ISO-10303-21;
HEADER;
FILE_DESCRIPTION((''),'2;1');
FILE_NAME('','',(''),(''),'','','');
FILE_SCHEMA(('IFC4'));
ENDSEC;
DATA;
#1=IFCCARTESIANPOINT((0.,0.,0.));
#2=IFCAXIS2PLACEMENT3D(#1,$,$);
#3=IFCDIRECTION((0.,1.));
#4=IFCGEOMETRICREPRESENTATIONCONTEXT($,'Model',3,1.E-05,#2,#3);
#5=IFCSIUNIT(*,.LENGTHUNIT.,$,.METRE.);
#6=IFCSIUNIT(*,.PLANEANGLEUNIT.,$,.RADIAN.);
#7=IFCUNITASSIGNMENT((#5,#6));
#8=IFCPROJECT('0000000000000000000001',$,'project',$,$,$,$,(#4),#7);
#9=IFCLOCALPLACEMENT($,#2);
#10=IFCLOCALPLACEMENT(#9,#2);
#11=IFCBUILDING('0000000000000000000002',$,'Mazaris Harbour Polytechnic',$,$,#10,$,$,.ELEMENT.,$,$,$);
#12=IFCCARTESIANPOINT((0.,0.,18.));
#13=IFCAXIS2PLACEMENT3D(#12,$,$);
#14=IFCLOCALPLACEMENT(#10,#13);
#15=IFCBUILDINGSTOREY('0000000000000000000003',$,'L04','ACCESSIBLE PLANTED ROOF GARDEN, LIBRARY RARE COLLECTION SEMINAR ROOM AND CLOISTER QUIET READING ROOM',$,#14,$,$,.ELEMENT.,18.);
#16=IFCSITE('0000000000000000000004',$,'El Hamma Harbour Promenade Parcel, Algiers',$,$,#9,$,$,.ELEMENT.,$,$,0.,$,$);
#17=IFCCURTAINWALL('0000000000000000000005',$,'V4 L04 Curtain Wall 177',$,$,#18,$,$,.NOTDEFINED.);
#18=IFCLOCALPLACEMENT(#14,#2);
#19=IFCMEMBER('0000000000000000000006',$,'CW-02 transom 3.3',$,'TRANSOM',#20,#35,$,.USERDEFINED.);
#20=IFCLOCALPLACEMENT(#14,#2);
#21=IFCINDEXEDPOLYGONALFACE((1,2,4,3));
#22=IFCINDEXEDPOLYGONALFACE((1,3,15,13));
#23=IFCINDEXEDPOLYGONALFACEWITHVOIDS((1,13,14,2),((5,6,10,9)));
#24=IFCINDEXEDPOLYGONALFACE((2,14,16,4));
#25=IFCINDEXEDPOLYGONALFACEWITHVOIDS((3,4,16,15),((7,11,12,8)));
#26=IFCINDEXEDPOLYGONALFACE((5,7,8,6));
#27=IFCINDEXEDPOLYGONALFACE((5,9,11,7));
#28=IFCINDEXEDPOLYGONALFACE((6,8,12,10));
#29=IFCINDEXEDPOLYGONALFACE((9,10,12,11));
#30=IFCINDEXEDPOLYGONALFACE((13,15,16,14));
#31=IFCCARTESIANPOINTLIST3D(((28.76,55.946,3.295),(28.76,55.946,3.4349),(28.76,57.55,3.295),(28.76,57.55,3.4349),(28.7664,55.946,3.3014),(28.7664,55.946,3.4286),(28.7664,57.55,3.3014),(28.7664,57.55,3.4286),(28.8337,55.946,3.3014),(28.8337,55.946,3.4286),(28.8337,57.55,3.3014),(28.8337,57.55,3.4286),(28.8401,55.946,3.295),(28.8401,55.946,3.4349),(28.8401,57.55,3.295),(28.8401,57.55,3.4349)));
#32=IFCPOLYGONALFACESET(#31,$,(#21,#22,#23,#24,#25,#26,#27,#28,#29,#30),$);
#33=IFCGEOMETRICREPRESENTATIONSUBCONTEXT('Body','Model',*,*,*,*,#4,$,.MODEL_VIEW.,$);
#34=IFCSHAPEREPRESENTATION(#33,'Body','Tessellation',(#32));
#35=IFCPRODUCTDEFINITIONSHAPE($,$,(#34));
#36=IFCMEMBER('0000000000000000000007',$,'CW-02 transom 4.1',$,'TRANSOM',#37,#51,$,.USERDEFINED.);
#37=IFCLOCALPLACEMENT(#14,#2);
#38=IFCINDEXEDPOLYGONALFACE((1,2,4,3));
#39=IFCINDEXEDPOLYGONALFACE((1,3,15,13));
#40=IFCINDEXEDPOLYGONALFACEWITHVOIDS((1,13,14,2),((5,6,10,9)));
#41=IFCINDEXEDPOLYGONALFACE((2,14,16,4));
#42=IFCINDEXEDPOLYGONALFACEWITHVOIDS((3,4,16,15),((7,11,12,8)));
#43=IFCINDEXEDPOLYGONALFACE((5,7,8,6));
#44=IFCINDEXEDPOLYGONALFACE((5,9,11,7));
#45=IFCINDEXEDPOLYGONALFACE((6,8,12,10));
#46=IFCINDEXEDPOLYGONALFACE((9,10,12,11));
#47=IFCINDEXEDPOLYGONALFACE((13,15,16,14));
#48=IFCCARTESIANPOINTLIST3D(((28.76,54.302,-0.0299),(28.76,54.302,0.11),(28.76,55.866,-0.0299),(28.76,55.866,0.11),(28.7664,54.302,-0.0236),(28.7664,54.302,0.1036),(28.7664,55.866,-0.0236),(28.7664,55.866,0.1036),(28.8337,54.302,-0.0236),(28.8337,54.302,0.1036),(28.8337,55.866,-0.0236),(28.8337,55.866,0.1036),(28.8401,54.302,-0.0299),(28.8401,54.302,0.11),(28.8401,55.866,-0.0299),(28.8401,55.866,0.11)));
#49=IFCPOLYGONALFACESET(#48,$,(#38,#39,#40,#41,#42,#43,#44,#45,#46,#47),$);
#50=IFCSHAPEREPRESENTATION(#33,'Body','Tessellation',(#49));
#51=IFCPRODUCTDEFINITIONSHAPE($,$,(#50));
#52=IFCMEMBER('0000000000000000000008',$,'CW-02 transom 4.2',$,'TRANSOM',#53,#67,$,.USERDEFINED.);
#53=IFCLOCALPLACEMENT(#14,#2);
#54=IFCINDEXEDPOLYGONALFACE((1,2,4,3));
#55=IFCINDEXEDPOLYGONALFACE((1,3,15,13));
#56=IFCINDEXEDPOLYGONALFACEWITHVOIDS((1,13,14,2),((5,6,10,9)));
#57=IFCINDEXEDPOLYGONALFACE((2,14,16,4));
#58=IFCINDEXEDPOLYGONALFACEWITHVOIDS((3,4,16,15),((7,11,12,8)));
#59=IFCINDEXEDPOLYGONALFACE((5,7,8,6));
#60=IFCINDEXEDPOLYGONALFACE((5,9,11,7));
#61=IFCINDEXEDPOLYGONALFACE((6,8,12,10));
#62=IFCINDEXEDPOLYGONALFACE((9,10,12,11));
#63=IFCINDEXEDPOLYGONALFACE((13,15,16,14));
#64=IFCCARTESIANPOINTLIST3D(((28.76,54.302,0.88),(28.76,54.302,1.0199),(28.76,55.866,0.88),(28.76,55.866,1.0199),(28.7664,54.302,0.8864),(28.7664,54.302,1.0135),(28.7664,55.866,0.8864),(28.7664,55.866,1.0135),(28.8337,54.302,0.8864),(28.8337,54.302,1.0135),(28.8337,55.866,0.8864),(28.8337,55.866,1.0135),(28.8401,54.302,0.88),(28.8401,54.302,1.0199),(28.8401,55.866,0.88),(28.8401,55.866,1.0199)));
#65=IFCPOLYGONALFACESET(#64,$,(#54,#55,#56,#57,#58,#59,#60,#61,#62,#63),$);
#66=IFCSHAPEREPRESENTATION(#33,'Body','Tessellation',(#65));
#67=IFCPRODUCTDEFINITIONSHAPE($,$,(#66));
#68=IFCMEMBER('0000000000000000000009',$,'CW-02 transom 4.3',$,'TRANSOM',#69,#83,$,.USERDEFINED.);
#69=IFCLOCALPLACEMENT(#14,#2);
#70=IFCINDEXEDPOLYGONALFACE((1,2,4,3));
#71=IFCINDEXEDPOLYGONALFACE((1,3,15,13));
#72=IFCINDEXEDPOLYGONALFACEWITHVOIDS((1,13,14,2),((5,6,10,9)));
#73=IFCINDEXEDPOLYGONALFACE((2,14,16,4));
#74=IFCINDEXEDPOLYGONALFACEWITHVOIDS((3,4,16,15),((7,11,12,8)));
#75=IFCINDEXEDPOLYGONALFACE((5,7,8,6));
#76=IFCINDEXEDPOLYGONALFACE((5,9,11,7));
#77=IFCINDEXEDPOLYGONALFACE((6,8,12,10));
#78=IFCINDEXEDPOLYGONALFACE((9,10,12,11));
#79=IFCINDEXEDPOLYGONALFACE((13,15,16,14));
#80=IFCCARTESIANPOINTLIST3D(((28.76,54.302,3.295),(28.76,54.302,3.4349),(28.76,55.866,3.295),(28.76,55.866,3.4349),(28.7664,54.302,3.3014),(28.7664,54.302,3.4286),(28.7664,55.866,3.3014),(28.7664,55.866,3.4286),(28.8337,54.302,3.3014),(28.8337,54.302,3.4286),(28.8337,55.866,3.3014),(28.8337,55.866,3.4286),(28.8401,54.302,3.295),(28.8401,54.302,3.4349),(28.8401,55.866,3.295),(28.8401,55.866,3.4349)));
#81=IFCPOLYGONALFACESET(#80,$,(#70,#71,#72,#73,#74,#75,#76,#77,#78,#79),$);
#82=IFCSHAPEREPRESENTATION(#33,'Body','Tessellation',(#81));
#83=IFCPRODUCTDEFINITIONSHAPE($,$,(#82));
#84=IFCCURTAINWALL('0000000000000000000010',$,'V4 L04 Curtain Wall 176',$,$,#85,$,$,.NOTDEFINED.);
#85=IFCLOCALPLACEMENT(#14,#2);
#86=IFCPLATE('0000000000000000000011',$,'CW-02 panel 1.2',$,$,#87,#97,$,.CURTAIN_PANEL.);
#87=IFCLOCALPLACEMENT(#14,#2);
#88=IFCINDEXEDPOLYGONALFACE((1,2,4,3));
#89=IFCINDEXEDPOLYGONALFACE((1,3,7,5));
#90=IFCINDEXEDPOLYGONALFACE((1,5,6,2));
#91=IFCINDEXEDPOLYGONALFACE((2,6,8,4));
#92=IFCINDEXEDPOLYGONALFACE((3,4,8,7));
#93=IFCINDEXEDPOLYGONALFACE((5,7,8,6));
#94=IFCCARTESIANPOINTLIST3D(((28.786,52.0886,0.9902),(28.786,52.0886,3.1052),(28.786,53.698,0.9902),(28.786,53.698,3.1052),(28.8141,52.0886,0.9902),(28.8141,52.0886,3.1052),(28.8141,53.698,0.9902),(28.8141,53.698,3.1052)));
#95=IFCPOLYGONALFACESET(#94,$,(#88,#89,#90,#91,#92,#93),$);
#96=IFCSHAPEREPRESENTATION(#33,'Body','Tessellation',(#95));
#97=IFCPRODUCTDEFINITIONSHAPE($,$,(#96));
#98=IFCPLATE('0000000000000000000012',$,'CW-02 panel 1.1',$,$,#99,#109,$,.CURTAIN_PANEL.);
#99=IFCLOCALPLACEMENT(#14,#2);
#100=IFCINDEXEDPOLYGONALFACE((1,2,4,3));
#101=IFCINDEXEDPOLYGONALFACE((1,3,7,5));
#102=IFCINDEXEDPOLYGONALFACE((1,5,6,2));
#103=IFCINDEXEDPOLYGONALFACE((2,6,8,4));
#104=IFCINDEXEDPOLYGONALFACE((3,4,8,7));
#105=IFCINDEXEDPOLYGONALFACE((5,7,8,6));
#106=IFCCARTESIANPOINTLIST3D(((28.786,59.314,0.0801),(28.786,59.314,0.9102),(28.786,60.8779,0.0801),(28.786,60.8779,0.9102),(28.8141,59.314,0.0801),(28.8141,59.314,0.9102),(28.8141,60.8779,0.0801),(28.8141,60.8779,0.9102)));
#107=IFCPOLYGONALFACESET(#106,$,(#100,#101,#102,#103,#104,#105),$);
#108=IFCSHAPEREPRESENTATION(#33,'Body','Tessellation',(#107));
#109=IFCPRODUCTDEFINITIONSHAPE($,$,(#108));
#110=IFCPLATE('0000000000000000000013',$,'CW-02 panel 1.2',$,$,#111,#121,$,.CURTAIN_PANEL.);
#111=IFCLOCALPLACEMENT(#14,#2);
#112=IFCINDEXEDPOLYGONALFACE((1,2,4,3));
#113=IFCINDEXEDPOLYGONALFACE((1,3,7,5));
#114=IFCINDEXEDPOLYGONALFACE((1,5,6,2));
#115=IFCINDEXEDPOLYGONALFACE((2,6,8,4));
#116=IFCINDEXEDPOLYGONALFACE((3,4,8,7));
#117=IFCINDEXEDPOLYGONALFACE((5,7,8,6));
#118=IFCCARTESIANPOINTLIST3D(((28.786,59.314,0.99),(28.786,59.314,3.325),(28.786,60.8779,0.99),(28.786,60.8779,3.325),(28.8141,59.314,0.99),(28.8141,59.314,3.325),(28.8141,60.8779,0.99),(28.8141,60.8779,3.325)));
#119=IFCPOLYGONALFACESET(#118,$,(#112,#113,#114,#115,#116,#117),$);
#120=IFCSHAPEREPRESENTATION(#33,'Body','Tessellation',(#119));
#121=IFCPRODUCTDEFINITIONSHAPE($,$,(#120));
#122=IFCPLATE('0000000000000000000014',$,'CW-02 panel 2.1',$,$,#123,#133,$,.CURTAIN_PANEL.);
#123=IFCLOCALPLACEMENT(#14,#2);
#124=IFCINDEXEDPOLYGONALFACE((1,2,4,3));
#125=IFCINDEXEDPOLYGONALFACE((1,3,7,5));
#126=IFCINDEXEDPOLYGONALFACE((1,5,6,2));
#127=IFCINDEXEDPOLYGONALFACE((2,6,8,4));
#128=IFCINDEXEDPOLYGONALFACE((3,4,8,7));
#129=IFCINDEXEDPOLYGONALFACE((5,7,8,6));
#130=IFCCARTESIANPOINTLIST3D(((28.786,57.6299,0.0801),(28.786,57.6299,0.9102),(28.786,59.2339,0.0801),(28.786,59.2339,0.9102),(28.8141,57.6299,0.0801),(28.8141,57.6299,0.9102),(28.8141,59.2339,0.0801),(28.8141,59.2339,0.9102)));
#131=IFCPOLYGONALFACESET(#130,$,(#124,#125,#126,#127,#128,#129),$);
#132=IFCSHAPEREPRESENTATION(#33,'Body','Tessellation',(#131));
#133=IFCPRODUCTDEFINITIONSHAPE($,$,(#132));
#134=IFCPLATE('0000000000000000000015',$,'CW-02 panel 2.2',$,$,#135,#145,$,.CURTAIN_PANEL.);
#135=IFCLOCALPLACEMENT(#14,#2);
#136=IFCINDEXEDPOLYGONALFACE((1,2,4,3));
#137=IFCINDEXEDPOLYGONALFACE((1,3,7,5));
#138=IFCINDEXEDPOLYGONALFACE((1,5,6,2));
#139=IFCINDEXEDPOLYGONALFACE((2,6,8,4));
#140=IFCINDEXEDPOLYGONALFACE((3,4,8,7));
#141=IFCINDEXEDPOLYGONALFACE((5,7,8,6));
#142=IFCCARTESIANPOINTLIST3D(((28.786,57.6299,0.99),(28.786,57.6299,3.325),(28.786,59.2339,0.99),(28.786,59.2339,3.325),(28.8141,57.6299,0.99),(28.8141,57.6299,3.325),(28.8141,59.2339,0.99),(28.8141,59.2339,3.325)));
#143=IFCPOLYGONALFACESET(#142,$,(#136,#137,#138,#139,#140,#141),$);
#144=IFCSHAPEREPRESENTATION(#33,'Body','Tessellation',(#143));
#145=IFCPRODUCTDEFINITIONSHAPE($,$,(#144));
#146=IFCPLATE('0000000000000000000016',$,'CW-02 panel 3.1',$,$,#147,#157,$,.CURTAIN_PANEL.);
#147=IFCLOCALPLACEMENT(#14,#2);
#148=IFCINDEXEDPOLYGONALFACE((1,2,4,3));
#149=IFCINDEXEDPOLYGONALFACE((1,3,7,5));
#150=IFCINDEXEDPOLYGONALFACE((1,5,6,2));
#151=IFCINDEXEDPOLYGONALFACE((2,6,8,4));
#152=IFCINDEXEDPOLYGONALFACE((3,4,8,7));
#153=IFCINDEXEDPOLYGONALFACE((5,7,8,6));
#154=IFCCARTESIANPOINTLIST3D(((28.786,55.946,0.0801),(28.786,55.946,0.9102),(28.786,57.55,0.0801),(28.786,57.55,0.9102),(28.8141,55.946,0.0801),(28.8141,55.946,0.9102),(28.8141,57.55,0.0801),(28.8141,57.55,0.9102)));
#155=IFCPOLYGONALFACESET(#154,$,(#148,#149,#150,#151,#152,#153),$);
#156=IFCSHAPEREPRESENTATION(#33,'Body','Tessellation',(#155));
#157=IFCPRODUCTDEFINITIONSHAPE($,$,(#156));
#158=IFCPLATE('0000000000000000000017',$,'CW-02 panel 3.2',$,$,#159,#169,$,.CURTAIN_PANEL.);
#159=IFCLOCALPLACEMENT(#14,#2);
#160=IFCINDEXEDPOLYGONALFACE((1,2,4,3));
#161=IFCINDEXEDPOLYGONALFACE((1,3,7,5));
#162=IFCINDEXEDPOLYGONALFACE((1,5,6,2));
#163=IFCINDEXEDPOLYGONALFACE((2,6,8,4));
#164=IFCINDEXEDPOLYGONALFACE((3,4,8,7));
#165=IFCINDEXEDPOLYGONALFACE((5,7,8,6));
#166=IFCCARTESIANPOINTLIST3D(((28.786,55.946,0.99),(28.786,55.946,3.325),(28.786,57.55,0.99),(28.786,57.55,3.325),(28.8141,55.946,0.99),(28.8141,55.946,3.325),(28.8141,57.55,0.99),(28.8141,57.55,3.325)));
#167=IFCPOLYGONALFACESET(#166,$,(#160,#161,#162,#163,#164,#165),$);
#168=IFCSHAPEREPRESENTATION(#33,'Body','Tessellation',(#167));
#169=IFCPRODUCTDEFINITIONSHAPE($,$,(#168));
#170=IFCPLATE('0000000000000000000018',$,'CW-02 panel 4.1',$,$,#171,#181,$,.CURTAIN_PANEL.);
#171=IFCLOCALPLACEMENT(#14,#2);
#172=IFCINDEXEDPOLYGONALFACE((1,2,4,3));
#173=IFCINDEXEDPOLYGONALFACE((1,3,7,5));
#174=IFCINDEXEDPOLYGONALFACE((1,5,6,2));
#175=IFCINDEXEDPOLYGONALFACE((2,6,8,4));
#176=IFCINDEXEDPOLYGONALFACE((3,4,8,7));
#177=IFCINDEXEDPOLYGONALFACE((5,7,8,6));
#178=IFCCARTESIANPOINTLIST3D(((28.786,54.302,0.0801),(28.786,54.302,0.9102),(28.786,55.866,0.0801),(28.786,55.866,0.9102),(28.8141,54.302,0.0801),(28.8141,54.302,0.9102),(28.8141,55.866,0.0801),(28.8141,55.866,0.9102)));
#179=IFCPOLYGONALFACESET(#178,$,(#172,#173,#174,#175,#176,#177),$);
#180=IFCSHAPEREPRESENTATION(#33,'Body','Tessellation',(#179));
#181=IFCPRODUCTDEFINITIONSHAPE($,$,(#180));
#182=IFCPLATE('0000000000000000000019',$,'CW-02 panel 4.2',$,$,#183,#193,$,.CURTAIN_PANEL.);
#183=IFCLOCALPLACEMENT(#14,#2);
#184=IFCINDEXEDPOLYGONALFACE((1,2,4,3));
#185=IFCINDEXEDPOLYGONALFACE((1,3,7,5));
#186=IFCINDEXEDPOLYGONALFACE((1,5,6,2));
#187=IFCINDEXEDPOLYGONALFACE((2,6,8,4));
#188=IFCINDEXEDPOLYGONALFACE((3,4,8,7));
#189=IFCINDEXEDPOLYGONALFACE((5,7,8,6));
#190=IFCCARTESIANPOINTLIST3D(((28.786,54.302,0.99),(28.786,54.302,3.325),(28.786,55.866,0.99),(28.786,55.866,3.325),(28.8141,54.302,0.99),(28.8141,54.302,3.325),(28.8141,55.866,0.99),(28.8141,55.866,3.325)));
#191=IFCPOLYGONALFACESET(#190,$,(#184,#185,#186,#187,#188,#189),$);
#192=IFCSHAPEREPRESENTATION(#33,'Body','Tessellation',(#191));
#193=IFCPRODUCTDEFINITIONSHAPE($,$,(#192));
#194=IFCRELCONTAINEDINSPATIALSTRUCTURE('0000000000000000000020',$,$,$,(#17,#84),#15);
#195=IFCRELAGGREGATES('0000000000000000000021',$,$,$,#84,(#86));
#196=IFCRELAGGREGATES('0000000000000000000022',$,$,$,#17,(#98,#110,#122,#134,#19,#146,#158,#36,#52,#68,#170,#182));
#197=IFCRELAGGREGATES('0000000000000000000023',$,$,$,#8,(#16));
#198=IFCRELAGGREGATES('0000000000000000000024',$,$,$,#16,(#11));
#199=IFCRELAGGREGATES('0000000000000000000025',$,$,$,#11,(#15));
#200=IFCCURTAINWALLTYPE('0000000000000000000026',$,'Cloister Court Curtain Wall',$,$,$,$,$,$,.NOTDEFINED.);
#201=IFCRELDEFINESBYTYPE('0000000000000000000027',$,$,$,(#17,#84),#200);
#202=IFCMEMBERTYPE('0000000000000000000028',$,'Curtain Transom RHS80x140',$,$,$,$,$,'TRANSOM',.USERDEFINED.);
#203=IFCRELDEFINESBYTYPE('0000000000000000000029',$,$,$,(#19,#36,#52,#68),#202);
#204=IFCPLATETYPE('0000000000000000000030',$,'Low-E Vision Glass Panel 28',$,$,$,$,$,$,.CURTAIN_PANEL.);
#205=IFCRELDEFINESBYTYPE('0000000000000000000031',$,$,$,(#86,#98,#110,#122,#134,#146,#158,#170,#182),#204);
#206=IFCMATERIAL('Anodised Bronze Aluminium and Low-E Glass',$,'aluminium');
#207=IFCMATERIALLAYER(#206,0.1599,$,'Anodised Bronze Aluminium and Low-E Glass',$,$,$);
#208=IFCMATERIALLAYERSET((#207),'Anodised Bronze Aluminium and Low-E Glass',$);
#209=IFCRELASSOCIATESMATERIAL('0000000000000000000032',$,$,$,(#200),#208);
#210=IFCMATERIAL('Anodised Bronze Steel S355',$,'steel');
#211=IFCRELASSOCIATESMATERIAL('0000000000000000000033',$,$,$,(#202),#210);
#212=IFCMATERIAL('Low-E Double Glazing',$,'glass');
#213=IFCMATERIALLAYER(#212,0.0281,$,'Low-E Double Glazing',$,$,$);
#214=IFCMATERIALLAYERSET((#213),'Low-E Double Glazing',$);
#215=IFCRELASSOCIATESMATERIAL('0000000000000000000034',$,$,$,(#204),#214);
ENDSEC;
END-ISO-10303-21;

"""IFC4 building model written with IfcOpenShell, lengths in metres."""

from ifc_helpers import new_model, si_unit, direction, frame, origin, origin_2d, place, context, subcontext, project, spatial, rectangle, hollow_rectangle, extrude, material, layer, layer_set, material_profile, profile_set, type_object, element, aggregate, save


model = new_model("IFC4")

# Units and contexts
model_context = context("Model", 3, precision=1e-05, world=origin(), true_north=direction((0.0, 1.0)))
body_context = subcontext(model_context, "Body", "Model", "MODEL_VIEW")
ifc_project = project(units=[si_unit("LENGTHUNIT", "METRE"), si_unit("PLANEANGLEUNIT", "RADIAN")], contexts=[model_context])

# Site, building, storey
site_placement = place(None, origin())
site = spatial("IfcSite", under=ifc_project, at=site_placement, Name="El Hamma Harbour Promenade Parcel, Algiers", CompositionType="ELEMENT", RefElevation=0.0)
building_placement = place(site_placement, origin())
building = spatial("IfcBuilding", under=site, at=building_placement, Name="Mazaris Harbour Polytechnic", CompositionType="ELEMENT")
storey_placement = place(building_placement, frame((0.0, 0.0, 18.0)))
storey = spatial("IfcBuildingStorey", under=building, at=storey_placement, Name="L04", Description="ACCESSIBLE PLANTED ROOF GARDEN, LIBRARY RARE COLLECTION SEMINAR ROOM AND CLOISTER QUIET READING ROOM", CompositionType="ELEMENT", Elevation=18.0)

# Curtain wall, members
ifc_material_1 = material(Name="Anodised Bronze Aluminium and Low-E Glass", Category="aluminium")
ifc_layer_1 = layer(ifc_material_1, 0.1599, Name="Anodised Bronze Aluminium and Low-E Glass")
ifc_layer_set_1 = layer_set([ifc_layer_1], Name="Anodised Bronze Aluminium and Low-E Glass")
curtain_wall_type = type_object("IfcCurtainWallType", Name="Cloister Court Curtain Wall", PredefinedType="NOTDEFINED", material=ifc_layer_set_1)
curtain_wall_1_placement = place(storey_placement, origin())
curtain_wall_1 = element("IfcCurtainWall", 1, at=curtain_wall_1_placement, inside=storey, type_object=curtain_wall_type, Name="V4 L04 Curtain Wall 177", PredefinedType="NOTDEFINED")
ifc_material_2 = material(Name="Anodised Bronze Steel S355", Category="steel")
ifc_material_profile_1 = material_profile(ifc_material_2, hollow_rectangle(XDim=0.0801, YDim=0.1399, WallThickness=0.0063, at=origin_2d()), Name="RHS 80x140x6.3")
ifc_profile_set_1 = profile_set([ifc_material_profile_1], Name="Anodised Bronze Steel S355")
member_type_1 = type_object("IfcMemberType", Name="Curtain Transom RHS80x140", ElementType="TRANSOM", PredefinedType="USERDEFINED", material=ifc_profile_set_1)
member_1_placement = place(storey_placement, frame((28.8, 57.55, 3.365), z_axis=(0.0, -1.0, 0.0), x_axis=(1.0, 0.0, 0.0)))
member_1 = element("IfcMember", 2, at=member_1_placement, type_object=member_type_1, Name="CW-02 transom 3.3", ObjectType="TRANSOM", PredefinedType="USERDEFINED", context=body_context, shape_type="SweptSolid", body=[
    extrude(hollow_rectangle(XDim=0.0801, YDim=0.1399, WallThickness=0.0063, at=origin_2d()), origin(), (0.0, 0.0, 1.0), 1.604),
])
member_2_placement = place(storey_placement, frame((28.8, 55.866, 0.04), z_axis=(0.0, -1.0, 0.0), x_axis=(1.0, 0.0, 0.0)))
member_2 = element("IfcMember", 3, at=member_2_placement, type_object=member_type_1, Name="CW-02 transom 4.1", ObjectType="TRANSOM", PredefinedType="USERDEFINED", context=body_context, shape_type="SweptSolid", body=[
    extrude(hollow_rectangle(XDim=0.0801, YDim=0.1399, WallThickness=0.0063, at=origin_2d()), origin(), (0.0, 0.0, 1.0), 1.564),
])
member_3_placement = place(storey_placement, frame((28.8, 55.866, 0.95), z_axis=(0.0, -1.0, 0.0), x_axis=(1.0, 0.0, 0.0)))
member_3 = element("IfcMember", 4, at=member_3_placement, type_object=member_type_1, Name="CW-02 transom 4.2", ObjectType="TRANSOM", PredefinedType="USERDEFINED", context=body_context, shape_type="SweptSolid", body=[
    extrude(hollow_rectangle(XDim=0.0801, YDim=0.1399, WallThickness=0.0063, at=origin_2d()), origin(), (0.0, 0.0, 1.0), 1.564),
])
member_4_placement = place(storey_placement, frame((28.8, 55.866, 3.365), z_axis=(0.0, -1.0, 0.0), x_axis=(1.0, 0.0, 0.0)))
member_4 = element("IfcMember", 5, at=member_4_placement, type_object=member_type_1, Name="CW-02 transom 4.3", ObjectType="TRANSOM", PredefinedType="USERDEFINED", context=body_context, shape_type="SweptSolid", body=[
    extrude(hollow_rectangle(XDim=0.0801, YDim=0.1399, WallThickness=0.0063, at=origin_2d()), origin(), (0.0, 0.0, 1.0), 1.564),
])

# Curtain wall, plate
curtain_wall_2_placement = place(storey_placement, origin())
curtain_wall_2 = element("IfcCurtainWall", 6, at=curtain_wall_2_placement, inside=storey, type_object=curtain_wall_type, Name="V4 L04 Curtain Wall 176", PredefinedType="NOTDEFINED")
ifc_material_3 = material(Name="Low-E Double Glazing", Category="glass")
ifc_layer_2 = layer(ifc_material_3, 0.0281, Name="Low-E Double Glazing")
ifc_layer_set_2 = layer_set([ifc_layer_2], Name="Low-E Double Glazing")
plate_type = type_object("IfcPlateType", Name="Low-E Vision Glass Panel 28", PredefinedType="CURTAIN_PANEL", material=ifc_layer_set_2)
plate_1_placement = place(storey_placement, frame((28.8, 52.8933, 0.9902), z_axis=(0.0, 0.0, 1.0), x_axis=(0.0, -1.0, 0.0)))
plate_1 = element("IfcPlate", 7, at=plate_1_placement, type_object=plate_type, Name="CW-02 panel 1.2", PredefinedType="CURTAIN_PANEL", context=body_context, shape_type="SweptSolid", body=[
    extrude(rectangle(XDim=1.6094, YDim=0.0281, at=origin_2d()), origin(), (0.0, 0.0, 1.0), 2.115),
])
aggregate(curtain_wall_2, [plate_1])

# Plates
plate_2_placement = place(storey_placement, frame((28.8, 60.0959, 0.0801), z_axis=(0.0, 0.0, 1.0), x_axis=(0.0, -1.0, 0.0)))
plate_2 = element("IfcPlate", 8, at=plate_2_placement, type_object=plate_type, Name="CW-02 panel 1.1", PredefinedType="CURTAIN_PANEL", context=body_context, shape_type="SweptSolid", body=[
    extrude(rectangle(XDim=1.564, YDim=0.0281, at=origin_2d()), origin(), (0.0, 0.0, 1.0), 0.8301),
])
plate_3_placement = place(storey_placement, frame((28.8, 60.0959, 0.99), z_axis=(0.0, 0.0, 1.0), x_axis=(0.0, -1.0, 0.0)))
plate_3 = element("IfcPlate", 9, at=plate_3_placement, type_object=plate_type, Name="CW-02 panel 1.2", PredefinedType="CURTAIN_PANEL", context=body_context, shape_type="SweptSolid", body=[
    extrude(rectangle(XDim=1.564, YDim=0.0281, at=origin_2d()), origin(), (0.0, 0.0, 1.0), 2.335),
])
plate_4_placement = place(storey_placement, frame((28.8, 58.4319, 0.0801), z_axis=(0.0, 0.0, 1.0), x_axis=(0.0, -1.0, 0.0)))
plate_4 = element("IfcPlate", 10, at=plate_4_placement, type_object=plate_type, Name="CW-02 panel 2.1", PredefinedType="CURTAIN_PANEL", context=body_context, shape_type="SweptSolid", body=[
    extrude(rectangle(XDim=1.604, YDim=0.0281, at=origin_2d()), origin(), (0.0, 0.0, 1.0), 0.8301),
])
plate_5_placement = place(storey_placement, frame((28.8, 58.4319, 0.99), z_axis=(0.0, 0.0, 1.0), x_axis=(0.0, -1.0, 0.0)))
plate_5 = element("IfcPlate", 11, at=plate_5_placement, type_object=plate_type, Name="CW-02 panel 2.2", PredefinedType="CURTAIN_PANEL", context=body_context, shape_type="SweptSolid", body=[
    extrude(rectangle(XDim=1.604, YDim=0.0281, at=origin_2d()), origin(), (0.0, 0.0, 1.0), 2.335),
])
plate_6_placement = place(storey_placement, frame((28.8, 56.748, 0.0801), z_axis=(0.0, 0.0, 1.0), x_axis=(0.0, -1.0, 0.0)))
plate_6 = element("IfcPlate", 12, at=plate_6_placement, type_object=plate_type, Name="CW-02 panel 3.1", PredefinedType="CURTAIN_PANEL", context=body_context, shape_type="SweptSolid", body=[
    extrude(rectangle(XDim=1.604, YDim=0.0281, at=origin_2d()), origin(), (0.0, 0.0, 1.0), 0.8301),
])
plate_7_placement = place(storey_placement, frame((28.8, 56.748, 0.99), z_axis=(0.0, 0.0, 1.0), x_axis=(0.0, -1.0, 0.0)))
plate_7 = element("IfcPlate", 13, at=plate_7_placement, type_object=plate_type, Name="CW-02 panel 3.2", PredefinedType="CURTAIN_PANEL", context=body_context, shape_type="SweptSolid", body=[
    extrude(rectangle(XDim=1.604, YDim=0.0281, at=origin_2d()), origin(), (0.0, 0.0, 1.0), 2.335),
])
plate_8_placement = place(storey_placement, frame((28.8, 55.084, 0.0801), z_axis=(0.0, 0.0, 1.0), x_axis=(0.0, -1.0, 0.0)))
plate_8 = element("IfcPlate", 14, at=plate_8_placement, type_object=plate_type, Name="CW-02 panel 4.1", PredefinedType="CURTAIN_PANEL", context=body_context, shape_type="SweptSolid", body=[
    extrude(rectangle(XDim=1.564, YDim=0.0281, at=origin_2d()), origin(), (0.0, 0.0, 1.0), 0.8301),
])
plate_9_placement = place(storey_placement, frame((28.8, 55.084, 0.99), z_axis=(0.0, 0.0, 1.0), x_axis=(0.0, -1.0, 0.0)))
plate_9 = element("IfcPlate", 15, at=plate_9_placement, type_object=plate_type, Name="CW-02 panel 4.2", PredefinedType="CURTAIN_PANEL", context=body_context, shape_type="SweptSolid", body=[
    extrude(rectangle(XDim=1.564, YDim=0.0281, at=origin_2d()), origin(), (0.0, 0.0, 1.0), 2.335),
])
aggregate(curtain_wall_1, [plate_2, plate_3, plate_4, plate_5, member_1, plate_6, plate_7, member_2, member_3, member_4, plate_8, plate_9])

save(model, "model.ifc")
